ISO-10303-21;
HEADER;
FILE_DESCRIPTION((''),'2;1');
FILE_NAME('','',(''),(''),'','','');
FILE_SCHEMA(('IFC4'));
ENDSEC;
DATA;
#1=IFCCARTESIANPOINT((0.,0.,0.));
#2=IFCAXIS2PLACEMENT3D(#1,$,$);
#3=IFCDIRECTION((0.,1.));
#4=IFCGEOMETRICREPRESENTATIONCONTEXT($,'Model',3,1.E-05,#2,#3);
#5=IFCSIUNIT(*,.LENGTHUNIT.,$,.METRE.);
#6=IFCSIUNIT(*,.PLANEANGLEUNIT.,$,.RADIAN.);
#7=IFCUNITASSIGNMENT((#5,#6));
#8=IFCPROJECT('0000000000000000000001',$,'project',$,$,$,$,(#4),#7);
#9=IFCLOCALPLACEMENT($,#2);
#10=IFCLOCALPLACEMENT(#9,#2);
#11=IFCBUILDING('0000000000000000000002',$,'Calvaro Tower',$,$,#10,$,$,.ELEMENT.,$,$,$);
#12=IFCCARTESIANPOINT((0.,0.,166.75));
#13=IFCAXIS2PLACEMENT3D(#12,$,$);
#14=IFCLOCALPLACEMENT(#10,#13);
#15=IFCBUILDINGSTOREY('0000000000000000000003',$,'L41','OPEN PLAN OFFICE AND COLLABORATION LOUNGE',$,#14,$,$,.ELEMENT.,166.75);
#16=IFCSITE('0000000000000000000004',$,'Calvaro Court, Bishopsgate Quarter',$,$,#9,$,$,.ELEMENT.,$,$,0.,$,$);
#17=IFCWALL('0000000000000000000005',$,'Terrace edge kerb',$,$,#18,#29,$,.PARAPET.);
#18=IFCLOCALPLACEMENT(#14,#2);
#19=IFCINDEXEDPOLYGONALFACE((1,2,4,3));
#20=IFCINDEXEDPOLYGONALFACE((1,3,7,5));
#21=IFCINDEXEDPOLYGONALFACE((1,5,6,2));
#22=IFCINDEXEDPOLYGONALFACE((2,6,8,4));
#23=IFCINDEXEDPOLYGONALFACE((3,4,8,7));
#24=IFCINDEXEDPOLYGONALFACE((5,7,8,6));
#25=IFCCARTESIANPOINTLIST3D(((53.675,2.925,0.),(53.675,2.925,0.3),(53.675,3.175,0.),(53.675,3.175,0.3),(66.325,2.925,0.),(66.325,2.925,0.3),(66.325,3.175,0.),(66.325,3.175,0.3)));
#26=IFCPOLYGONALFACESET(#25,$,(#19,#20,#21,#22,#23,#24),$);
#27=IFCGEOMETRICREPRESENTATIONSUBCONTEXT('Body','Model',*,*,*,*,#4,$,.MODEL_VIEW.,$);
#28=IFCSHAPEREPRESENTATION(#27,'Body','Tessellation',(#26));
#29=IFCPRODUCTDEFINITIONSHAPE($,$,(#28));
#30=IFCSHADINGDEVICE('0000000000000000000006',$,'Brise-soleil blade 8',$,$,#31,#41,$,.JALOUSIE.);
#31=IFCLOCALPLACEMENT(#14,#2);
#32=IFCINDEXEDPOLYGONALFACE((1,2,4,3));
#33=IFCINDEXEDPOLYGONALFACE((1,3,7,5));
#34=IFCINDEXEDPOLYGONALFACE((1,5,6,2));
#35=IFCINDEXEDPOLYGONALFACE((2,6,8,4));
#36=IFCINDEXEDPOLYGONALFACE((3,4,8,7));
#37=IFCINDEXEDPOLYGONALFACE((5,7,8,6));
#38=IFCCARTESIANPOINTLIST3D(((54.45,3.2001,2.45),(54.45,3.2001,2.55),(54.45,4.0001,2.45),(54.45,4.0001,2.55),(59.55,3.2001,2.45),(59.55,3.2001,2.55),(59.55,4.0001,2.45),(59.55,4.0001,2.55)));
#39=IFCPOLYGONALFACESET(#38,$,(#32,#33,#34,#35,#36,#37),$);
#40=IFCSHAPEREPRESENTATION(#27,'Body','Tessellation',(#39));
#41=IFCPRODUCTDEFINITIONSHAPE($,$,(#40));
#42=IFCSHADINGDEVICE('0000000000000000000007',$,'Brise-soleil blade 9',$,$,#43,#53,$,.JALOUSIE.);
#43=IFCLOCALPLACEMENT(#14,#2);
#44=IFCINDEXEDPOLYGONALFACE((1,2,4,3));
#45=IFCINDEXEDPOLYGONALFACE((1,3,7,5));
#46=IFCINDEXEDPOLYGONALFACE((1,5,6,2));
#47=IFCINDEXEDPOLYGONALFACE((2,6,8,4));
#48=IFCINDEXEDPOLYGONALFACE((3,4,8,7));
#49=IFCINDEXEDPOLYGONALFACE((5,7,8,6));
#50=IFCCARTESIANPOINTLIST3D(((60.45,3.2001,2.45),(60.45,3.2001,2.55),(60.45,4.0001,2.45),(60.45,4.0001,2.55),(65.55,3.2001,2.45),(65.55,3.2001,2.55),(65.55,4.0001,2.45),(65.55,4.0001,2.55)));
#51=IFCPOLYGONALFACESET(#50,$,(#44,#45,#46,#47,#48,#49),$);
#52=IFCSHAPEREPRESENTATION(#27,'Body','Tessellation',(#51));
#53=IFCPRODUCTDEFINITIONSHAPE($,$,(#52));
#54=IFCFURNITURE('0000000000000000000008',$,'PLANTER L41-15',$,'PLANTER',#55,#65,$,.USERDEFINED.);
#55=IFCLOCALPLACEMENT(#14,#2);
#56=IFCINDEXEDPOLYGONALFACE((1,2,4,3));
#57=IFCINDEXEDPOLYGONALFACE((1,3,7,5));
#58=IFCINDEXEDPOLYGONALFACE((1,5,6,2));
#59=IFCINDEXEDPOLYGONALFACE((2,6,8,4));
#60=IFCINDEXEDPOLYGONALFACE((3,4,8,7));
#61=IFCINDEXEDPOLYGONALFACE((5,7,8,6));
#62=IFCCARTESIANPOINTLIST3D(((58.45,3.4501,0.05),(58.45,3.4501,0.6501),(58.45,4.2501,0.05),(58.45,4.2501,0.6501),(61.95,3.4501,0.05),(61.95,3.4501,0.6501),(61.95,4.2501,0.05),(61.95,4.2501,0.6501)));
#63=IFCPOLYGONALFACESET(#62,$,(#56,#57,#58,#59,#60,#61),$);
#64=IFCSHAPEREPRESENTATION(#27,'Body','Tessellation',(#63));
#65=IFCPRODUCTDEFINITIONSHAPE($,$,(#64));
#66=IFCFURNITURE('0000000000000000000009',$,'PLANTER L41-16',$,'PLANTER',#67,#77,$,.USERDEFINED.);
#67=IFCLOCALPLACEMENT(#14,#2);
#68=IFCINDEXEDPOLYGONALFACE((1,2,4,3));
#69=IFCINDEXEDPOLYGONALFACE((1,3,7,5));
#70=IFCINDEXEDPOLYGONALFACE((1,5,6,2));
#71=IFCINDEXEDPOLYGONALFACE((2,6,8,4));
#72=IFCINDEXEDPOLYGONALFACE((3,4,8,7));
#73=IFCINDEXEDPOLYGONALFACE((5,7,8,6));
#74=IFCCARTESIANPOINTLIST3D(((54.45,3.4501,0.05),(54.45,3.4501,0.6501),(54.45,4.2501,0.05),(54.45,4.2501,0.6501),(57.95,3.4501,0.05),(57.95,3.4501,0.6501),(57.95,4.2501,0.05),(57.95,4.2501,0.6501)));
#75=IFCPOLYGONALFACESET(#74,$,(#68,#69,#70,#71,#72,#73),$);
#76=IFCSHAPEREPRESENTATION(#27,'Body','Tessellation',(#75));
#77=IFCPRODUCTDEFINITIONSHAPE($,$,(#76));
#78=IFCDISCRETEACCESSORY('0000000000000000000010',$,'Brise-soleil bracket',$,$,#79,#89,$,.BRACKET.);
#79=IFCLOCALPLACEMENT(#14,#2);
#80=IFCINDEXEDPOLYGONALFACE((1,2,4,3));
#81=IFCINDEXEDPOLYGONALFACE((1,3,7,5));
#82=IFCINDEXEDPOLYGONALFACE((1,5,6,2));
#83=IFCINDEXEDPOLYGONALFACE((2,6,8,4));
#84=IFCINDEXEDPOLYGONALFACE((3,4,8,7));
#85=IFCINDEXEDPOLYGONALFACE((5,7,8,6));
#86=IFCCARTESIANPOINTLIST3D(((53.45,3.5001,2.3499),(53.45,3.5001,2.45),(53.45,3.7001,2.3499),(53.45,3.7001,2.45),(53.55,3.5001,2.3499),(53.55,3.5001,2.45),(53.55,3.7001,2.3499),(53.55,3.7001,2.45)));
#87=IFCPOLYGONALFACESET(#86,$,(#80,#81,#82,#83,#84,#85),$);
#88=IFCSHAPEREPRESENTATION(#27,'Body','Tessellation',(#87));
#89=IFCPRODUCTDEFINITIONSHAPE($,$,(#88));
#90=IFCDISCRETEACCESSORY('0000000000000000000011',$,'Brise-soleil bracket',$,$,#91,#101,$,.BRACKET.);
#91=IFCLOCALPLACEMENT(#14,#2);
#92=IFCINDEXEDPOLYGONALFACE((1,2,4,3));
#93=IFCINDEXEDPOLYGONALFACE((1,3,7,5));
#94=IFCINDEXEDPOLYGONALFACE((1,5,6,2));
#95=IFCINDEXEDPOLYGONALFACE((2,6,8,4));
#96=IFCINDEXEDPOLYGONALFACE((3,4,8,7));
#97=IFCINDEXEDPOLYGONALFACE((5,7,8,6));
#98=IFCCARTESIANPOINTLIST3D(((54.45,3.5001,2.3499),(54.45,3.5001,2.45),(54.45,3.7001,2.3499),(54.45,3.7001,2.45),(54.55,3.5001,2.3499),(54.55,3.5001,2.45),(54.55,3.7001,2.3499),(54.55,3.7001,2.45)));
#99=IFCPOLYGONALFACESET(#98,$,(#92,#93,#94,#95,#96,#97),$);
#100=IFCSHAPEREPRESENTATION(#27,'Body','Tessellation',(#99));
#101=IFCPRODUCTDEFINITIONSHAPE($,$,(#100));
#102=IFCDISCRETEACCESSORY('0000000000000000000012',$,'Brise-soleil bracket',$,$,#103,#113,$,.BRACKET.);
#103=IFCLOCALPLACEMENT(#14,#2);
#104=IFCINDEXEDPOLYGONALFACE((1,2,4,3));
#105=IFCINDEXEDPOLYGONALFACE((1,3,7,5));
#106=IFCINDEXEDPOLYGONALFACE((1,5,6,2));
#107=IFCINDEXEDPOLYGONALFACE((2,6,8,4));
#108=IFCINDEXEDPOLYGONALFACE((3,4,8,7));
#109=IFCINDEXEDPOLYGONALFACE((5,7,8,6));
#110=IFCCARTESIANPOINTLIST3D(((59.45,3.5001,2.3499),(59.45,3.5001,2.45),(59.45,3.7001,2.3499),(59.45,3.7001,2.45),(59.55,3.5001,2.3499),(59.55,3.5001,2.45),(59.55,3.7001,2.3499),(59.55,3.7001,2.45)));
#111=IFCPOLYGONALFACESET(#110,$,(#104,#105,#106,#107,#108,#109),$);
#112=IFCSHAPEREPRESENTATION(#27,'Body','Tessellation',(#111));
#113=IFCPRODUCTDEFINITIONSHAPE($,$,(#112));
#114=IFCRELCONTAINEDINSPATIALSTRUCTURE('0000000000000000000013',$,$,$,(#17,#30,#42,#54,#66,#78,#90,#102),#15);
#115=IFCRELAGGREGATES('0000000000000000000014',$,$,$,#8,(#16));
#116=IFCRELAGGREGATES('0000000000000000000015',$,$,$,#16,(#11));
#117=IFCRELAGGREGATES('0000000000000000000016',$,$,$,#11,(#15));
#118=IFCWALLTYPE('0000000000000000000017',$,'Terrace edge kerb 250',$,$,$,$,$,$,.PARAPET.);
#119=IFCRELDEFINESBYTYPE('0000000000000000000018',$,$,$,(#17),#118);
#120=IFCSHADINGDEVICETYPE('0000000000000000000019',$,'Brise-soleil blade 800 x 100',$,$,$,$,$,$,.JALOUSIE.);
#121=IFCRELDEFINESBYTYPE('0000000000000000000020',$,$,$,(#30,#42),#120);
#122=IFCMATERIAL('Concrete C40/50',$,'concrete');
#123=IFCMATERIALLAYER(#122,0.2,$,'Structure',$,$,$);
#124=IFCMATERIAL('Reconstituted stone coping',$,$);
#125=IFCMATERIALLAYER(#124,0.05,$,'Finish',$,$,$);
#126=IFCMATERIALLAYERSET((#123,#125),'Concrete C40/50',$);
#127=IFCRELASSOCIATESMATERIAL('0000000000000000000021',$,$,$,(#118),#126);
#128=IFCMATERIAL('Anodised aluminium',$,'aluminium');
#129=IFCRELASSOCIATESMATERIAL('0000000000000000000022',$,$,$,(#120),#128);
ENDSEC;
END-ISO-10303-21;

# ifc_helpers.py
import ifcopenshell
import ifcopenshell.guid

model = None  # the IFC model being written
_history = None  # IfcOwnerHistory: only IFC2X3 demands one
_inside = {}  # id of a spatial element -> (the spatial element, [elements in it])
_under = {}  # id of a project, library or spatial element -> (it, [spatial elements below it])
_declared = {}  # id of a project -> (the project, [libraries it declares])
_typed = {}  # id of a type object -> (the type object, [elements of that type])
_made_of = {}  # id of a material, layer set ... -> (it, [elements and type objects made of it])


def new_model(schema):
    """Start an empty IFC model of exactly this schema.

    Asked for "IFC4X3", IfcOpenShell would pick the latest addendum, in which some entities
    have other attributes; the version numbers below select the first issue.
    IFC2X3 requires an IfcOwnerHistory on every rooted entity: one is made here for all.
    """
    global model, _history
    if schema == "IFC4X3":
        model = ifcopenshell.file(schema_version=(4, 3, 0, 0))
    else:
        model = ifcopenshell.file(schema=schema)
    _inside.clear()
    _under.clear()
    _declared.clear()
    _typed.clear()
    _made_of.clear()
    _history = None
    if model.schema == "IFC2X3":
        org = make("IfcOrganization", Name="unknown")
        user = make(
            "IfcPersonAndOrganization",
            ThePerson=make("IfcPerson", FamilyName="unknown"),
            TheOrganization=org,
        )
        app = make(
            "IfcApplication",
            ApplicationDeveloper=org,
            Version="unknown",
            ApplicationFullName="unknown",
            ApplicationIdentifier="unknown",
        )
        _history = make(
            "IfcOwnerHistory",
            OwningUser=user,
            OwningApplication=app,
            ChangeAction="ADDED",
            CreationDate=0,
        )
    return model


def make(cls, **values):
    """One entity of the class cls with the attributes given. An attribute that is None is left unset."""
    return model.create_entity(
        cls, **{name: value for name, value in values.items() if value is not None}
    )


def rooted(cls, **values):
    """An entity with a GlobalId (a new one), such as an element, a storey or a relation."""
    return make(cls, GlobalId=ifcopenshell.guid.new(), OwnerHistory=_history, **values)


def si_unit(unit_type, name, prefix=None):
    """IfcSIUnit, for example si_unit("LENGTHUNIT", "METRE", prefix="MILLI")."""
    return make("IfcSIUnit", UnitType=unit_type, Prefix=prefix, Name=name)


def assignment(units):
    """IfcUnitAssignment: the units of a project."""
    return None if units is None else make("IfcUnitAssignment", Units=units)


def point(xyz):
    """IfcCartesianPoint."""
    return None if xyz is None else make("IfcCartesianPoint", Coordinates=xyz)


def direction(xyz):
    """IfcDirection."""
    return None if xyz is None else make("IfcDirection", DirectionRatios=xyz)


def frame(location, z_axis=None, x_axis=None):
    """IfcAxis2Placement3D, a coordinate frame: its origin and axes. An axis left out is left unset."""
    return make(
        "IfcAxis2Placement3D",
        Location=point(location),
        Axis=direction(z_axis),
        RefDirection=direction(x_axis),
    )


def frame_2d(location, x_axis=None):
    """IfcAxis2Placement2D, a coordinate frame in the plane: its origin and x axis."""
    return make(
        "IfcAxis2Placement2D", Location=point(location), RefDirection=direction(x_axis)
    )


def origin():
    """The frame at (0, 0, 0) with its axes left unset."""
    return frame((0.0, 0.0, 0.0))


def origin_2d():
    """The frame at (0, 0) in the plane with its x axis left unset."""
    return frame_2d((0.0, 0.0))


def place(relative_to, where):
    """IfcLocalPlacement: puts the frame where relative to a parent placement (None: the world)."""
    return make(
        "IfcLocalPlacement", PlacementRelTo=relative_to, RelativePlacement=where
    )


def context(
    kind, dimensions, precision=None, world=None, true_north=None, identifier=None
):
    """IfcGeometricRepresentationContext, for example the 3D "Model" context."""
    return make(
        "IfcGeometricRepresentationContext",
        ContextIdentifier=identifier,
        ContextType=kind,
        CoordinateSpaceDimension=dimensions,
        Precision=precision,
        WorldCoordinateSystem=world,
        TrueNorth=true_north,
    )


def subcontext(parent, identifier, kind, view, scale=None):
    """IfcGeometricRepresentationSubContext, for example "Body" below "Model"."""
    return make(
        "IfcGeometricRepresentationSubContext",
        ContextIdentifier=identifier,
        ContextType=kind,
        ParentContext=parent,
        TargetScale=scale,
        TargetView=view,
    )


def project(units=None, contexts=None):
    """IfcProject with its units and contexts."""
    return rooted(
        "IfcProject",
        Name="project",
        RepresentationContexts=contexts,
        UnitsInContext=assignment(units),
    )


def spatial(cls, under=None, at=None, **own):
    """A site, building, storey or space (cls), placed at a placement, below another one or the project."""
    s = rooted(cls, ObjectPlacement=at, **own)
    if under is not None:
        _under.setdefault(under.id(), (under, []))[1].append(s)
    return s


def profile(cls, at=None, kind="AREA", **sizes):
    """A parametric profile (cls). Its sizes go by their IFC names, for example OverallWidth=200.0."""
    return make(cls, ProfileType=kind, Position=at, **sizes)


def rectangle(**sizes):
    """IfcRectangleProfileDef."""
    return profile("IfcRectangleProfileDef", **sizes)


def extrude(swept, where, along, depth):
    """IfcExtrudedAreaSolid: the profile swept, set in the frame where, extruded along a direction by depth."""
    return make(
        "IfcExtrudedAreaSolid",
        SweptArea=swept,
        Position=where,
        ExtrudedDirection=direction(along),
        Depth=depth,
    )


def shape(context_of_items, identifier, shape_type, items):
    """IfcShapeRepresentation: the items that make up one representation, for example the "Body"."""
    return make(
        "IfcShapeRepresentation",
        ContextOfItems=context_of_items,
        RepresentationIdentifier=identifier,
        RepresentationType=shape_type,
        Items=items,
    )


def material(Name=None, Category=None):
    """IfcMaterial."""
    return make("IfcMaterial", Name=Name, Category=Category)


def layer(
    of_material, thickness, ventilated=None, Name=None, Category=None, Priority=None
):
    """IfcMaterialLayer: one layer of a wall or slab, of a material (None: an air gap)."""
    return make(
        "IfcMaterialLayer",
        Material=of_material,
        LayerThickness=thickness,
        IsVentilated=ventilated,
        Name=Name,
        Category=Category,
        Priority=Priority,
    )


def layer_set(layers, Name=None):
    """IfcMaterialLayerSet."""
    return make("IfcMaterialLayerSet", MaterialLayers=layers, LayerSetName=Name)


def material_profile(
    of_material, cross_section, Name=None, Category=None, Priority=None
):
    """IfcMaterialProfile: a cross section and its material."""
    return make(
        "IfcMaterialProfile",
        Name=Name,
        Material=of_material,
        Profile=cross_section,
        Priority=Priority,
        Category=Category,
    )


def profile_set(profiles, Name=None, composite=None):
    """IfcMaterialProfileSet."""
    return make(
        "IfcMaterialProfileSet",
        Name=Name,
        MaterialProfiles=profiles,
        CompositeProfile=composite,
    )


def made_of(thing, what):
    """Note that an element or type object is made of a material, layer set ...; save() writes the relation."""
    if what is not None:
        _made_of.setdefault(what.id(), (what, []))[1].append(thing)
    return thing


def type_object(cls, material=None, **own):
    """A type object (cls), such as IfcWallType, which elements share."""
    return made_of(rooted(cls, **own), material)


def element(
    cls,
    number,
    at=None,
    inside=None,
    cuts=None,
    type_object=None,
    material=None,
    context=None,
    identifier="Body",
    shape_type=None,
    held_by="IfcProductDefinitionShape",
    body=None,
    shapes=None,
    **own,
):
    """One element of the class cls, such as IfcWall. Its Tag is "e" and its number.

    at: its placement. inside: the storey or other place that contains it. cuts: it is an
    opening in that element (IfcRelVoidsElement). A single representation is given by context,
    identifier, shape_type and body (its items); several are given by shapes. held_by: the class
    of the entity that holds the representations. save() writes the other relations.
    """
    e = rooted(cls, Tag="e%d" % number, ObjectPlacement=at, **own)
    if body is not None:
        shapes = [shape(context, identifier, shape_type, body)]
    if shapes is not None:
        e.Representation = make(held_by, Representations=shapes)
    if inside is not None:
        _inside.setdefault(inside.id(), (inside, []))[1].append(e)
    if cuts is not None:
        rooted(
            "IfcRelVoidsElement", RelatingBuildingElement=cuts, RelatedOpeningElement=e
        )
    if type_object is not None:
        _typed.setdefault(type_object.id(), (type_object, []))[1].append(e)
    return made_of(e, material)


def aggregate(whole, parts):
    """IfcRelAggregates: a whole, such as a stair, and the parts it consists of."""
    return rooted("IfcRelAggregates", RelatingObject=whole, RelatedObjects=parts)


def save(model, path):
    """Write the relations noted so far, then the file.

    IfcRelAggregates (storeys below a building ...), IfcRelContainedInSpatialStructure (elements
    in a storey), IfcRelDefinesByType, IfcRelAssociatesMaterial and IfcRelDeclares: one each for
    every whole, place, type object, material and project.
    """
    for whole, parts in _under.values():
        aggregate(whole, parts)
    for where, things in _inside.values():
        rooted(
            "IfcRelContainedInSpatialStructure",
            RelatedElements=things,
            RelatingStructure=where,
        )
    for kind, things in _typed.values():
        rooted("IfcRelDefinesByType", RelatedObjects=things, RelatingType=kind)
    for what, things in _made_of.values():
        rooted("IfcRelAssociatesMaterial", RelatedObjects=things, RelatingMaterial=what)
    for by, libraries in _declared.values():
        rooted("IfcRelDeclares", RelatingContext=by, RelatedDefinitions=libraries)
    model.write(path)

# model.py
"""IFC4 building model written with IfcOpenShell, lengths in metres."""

from ifc_helpers import new_model, si_unit, direction, frame, frame_2d, origin, origin_2d, place, context, subcontext, project, spatial, rectangle, extrude, material, layer, layer_set, material_profile, profile_set, type_object, element, save


model = new_model("IFC4")

# Units and contexts
model_context = context("Model", 3, precision=1e-05, world=origin(), true_north=direction((0.0, 1.0)))
body_context = subcontext(model_context, "Body", "Model", "MODEL_VIEW")
ifc_project = project(units=[si_unit("LENGTHUNIT", "METRE"), si_unit("PLANEANGLEUNIT", "RADIAN")], contexts=[model_context])

# Site, building, storey
site_placement = place(None, origin())
site = spatial("IfcSite", under=ifc_project, at=site_placement, Name="Calvaro Court, Bishopsgate Quarter", CompositionType="ELEMENT", RefElevation=0.0)
building_placement = place(site_placement, origin())
building = spatial("IfcBuilding", under=site, at=building_placement, Name="Calvaro Tower", CompositionType="ELEMENT")
storey_placement = place(building_placement, frame((0.0, 0.0, 166.75)))
storey = spatial("IfcBuildingStorey", under=building, at=storey_placement, Name="L41", Description="OPEN PLAN OFFICE AND COLLABORATION LOUNGE", CompositionType="ELEMENT", Elevation=166.75)

# Wall
ifc_material_1 = material(Name="Concrete C40/50", Category="concrete")
ifc_layer_1 = layer(ifc_material_1, 0.2, Name="Structure")
ifc_material_2 = material(Name="Reconstituted stone coping")
ifc_layer_2 = layer(ifc_material_2, 0.05, Name="Finish")
ifc_layer_set_1 = layer_set([ifc_layer_1, ifc_layer_2], Name="Concrete C40/50")
wall_type_1 = type_object("IfcWallType", Name="Terrace edge kerb 250", PredefinedType="PARAPET", material=ifc_layer_set_1)
wall_placement = place(storey_placement, frame((53.675, 3.05, 0.0), z_axis=(0.0, 0.0, 1.0), x_axis=(1.0, 0.0, 0.0)))
element("IfcWall", 1, at=wall_placement, inside=storey, type_object=wall_type_1, Name="Terrace edge kerb", PredefinedType="PARAPET", context=body_context, shape_type="SweptSolid", body=[
    extrude(rectangle(XDim=12.6499, YDim=0.25, at=frame_2d((6.325, 0.0))), origin(), (0.0, 0.0, 1.0), 0.3),
])

# Shading devices
ifc_material_3 = material(Name="Anodised aluminium", Category="aluminium")
ifc_material_profile_1 = material_profile(ifc_material_3, rectangle(XDim=0.8, YDim=0.1001, at=origin_2d()), Name="Brise-soleil blade 800 x 100")
ifc_profile_set_1 = profile_set([ifc_material_profile_1], Name="Anodised aluminium")
shading_device_type = type_object("IfcShadingDeviceType", Name="Brise-soleil blade 800 x 100", PredefinedType="JALOUSIE", material=ifc_profile_set_1)
for number, where, z_axis, x_axis, name in (
    (2, (54.45, 3.6001, 2.5), (1.0, 0.0, 0.0), (0.0, 1.0, 0.0), "Brise-soleil blade 8"),
    (3, (60.45, 3.6001, 2.5), (1.0, 0.0, 0.0), (0.0, 1.0, 0.0), "Brise-soleil blade 9"),
):
    element("IfcShadingDevice", number, at=place(storey_placement, frame(where, z_axis=z_axis, x_axis=x_axis)), inside=storey, type_object=shading_device_type, Name=name, PredefinedType="JALOUSIE", context=body_context, shape_type="SweptSolid", body=[
        extrude(rectangle(XDim=0.8, YDim=0.1001, at=origin_2d()), origin(), (0.0, 0.0, 1.0), 5.1001),
    ])

# Furniture
for number, where, z_axis, x_axis, name in (
    (4, (60.2, 3.8501, 0.05), (0.0, 0.0, 1.0), (1.0, 0.0, 0.0), "PLANTER L41-15"),
    (5, (56.2, 3.8501, 0.05), (0.0, 0.0, 1.0), (1.0, 0.0, 0.0), "PLANTER L41-16"),
):
    element("IfcFurniture", number, at=place(storey_placement, frame(where, z_axis=z_axis, x_axis=x_axis)), inside=storey, Name=name, ObjectType="PLANTER", PredefinedType="USERDEFINED", context=body_context, shape_type="SweptSolid", body=[
        extrude(rectangle(XDim=3.5, YDim=0.8, at=origin_2d()), origin(), (0.0, 0.0, 1.0), 0.6001),
    ])

# Discrete accessories
for number, where, z_axis, x_axis, name in (
    (6, (53.5, 3.6001, 2.3499), (0.0, 0.0, 1.0), (1.0, 0.0, 0.0), "Brise-soleil bracket"),
    (7, (54.5, 3.6001, 2.3499), (0.0, 0.0, 1.0), (1.0, 0.0, 0.0), "Brise-soleil bracket"),
    (8, (59.5, 3.6001, 2.3499), (0.0, 0.0, 1.0), (1.0, 0.0, 0.0), "Brise-soleil bracket"),
):
    element("IfcDiscreteAccessory", number, at=place(storey_placement, frame(where, z_axis=z_axis, x_axis=x_axis)), inside=storey, Name=name, PredefinedType="BRACKET", context=body_context, shape_type="SweptSolid", body=[
        extrude(rectangle(XDim=0.1001, YDim=0.2, at=origin_2d()), origin(), (0.0, 0.0, 1.0), 0.1001),
    ])

save(model, "model.ifc")
